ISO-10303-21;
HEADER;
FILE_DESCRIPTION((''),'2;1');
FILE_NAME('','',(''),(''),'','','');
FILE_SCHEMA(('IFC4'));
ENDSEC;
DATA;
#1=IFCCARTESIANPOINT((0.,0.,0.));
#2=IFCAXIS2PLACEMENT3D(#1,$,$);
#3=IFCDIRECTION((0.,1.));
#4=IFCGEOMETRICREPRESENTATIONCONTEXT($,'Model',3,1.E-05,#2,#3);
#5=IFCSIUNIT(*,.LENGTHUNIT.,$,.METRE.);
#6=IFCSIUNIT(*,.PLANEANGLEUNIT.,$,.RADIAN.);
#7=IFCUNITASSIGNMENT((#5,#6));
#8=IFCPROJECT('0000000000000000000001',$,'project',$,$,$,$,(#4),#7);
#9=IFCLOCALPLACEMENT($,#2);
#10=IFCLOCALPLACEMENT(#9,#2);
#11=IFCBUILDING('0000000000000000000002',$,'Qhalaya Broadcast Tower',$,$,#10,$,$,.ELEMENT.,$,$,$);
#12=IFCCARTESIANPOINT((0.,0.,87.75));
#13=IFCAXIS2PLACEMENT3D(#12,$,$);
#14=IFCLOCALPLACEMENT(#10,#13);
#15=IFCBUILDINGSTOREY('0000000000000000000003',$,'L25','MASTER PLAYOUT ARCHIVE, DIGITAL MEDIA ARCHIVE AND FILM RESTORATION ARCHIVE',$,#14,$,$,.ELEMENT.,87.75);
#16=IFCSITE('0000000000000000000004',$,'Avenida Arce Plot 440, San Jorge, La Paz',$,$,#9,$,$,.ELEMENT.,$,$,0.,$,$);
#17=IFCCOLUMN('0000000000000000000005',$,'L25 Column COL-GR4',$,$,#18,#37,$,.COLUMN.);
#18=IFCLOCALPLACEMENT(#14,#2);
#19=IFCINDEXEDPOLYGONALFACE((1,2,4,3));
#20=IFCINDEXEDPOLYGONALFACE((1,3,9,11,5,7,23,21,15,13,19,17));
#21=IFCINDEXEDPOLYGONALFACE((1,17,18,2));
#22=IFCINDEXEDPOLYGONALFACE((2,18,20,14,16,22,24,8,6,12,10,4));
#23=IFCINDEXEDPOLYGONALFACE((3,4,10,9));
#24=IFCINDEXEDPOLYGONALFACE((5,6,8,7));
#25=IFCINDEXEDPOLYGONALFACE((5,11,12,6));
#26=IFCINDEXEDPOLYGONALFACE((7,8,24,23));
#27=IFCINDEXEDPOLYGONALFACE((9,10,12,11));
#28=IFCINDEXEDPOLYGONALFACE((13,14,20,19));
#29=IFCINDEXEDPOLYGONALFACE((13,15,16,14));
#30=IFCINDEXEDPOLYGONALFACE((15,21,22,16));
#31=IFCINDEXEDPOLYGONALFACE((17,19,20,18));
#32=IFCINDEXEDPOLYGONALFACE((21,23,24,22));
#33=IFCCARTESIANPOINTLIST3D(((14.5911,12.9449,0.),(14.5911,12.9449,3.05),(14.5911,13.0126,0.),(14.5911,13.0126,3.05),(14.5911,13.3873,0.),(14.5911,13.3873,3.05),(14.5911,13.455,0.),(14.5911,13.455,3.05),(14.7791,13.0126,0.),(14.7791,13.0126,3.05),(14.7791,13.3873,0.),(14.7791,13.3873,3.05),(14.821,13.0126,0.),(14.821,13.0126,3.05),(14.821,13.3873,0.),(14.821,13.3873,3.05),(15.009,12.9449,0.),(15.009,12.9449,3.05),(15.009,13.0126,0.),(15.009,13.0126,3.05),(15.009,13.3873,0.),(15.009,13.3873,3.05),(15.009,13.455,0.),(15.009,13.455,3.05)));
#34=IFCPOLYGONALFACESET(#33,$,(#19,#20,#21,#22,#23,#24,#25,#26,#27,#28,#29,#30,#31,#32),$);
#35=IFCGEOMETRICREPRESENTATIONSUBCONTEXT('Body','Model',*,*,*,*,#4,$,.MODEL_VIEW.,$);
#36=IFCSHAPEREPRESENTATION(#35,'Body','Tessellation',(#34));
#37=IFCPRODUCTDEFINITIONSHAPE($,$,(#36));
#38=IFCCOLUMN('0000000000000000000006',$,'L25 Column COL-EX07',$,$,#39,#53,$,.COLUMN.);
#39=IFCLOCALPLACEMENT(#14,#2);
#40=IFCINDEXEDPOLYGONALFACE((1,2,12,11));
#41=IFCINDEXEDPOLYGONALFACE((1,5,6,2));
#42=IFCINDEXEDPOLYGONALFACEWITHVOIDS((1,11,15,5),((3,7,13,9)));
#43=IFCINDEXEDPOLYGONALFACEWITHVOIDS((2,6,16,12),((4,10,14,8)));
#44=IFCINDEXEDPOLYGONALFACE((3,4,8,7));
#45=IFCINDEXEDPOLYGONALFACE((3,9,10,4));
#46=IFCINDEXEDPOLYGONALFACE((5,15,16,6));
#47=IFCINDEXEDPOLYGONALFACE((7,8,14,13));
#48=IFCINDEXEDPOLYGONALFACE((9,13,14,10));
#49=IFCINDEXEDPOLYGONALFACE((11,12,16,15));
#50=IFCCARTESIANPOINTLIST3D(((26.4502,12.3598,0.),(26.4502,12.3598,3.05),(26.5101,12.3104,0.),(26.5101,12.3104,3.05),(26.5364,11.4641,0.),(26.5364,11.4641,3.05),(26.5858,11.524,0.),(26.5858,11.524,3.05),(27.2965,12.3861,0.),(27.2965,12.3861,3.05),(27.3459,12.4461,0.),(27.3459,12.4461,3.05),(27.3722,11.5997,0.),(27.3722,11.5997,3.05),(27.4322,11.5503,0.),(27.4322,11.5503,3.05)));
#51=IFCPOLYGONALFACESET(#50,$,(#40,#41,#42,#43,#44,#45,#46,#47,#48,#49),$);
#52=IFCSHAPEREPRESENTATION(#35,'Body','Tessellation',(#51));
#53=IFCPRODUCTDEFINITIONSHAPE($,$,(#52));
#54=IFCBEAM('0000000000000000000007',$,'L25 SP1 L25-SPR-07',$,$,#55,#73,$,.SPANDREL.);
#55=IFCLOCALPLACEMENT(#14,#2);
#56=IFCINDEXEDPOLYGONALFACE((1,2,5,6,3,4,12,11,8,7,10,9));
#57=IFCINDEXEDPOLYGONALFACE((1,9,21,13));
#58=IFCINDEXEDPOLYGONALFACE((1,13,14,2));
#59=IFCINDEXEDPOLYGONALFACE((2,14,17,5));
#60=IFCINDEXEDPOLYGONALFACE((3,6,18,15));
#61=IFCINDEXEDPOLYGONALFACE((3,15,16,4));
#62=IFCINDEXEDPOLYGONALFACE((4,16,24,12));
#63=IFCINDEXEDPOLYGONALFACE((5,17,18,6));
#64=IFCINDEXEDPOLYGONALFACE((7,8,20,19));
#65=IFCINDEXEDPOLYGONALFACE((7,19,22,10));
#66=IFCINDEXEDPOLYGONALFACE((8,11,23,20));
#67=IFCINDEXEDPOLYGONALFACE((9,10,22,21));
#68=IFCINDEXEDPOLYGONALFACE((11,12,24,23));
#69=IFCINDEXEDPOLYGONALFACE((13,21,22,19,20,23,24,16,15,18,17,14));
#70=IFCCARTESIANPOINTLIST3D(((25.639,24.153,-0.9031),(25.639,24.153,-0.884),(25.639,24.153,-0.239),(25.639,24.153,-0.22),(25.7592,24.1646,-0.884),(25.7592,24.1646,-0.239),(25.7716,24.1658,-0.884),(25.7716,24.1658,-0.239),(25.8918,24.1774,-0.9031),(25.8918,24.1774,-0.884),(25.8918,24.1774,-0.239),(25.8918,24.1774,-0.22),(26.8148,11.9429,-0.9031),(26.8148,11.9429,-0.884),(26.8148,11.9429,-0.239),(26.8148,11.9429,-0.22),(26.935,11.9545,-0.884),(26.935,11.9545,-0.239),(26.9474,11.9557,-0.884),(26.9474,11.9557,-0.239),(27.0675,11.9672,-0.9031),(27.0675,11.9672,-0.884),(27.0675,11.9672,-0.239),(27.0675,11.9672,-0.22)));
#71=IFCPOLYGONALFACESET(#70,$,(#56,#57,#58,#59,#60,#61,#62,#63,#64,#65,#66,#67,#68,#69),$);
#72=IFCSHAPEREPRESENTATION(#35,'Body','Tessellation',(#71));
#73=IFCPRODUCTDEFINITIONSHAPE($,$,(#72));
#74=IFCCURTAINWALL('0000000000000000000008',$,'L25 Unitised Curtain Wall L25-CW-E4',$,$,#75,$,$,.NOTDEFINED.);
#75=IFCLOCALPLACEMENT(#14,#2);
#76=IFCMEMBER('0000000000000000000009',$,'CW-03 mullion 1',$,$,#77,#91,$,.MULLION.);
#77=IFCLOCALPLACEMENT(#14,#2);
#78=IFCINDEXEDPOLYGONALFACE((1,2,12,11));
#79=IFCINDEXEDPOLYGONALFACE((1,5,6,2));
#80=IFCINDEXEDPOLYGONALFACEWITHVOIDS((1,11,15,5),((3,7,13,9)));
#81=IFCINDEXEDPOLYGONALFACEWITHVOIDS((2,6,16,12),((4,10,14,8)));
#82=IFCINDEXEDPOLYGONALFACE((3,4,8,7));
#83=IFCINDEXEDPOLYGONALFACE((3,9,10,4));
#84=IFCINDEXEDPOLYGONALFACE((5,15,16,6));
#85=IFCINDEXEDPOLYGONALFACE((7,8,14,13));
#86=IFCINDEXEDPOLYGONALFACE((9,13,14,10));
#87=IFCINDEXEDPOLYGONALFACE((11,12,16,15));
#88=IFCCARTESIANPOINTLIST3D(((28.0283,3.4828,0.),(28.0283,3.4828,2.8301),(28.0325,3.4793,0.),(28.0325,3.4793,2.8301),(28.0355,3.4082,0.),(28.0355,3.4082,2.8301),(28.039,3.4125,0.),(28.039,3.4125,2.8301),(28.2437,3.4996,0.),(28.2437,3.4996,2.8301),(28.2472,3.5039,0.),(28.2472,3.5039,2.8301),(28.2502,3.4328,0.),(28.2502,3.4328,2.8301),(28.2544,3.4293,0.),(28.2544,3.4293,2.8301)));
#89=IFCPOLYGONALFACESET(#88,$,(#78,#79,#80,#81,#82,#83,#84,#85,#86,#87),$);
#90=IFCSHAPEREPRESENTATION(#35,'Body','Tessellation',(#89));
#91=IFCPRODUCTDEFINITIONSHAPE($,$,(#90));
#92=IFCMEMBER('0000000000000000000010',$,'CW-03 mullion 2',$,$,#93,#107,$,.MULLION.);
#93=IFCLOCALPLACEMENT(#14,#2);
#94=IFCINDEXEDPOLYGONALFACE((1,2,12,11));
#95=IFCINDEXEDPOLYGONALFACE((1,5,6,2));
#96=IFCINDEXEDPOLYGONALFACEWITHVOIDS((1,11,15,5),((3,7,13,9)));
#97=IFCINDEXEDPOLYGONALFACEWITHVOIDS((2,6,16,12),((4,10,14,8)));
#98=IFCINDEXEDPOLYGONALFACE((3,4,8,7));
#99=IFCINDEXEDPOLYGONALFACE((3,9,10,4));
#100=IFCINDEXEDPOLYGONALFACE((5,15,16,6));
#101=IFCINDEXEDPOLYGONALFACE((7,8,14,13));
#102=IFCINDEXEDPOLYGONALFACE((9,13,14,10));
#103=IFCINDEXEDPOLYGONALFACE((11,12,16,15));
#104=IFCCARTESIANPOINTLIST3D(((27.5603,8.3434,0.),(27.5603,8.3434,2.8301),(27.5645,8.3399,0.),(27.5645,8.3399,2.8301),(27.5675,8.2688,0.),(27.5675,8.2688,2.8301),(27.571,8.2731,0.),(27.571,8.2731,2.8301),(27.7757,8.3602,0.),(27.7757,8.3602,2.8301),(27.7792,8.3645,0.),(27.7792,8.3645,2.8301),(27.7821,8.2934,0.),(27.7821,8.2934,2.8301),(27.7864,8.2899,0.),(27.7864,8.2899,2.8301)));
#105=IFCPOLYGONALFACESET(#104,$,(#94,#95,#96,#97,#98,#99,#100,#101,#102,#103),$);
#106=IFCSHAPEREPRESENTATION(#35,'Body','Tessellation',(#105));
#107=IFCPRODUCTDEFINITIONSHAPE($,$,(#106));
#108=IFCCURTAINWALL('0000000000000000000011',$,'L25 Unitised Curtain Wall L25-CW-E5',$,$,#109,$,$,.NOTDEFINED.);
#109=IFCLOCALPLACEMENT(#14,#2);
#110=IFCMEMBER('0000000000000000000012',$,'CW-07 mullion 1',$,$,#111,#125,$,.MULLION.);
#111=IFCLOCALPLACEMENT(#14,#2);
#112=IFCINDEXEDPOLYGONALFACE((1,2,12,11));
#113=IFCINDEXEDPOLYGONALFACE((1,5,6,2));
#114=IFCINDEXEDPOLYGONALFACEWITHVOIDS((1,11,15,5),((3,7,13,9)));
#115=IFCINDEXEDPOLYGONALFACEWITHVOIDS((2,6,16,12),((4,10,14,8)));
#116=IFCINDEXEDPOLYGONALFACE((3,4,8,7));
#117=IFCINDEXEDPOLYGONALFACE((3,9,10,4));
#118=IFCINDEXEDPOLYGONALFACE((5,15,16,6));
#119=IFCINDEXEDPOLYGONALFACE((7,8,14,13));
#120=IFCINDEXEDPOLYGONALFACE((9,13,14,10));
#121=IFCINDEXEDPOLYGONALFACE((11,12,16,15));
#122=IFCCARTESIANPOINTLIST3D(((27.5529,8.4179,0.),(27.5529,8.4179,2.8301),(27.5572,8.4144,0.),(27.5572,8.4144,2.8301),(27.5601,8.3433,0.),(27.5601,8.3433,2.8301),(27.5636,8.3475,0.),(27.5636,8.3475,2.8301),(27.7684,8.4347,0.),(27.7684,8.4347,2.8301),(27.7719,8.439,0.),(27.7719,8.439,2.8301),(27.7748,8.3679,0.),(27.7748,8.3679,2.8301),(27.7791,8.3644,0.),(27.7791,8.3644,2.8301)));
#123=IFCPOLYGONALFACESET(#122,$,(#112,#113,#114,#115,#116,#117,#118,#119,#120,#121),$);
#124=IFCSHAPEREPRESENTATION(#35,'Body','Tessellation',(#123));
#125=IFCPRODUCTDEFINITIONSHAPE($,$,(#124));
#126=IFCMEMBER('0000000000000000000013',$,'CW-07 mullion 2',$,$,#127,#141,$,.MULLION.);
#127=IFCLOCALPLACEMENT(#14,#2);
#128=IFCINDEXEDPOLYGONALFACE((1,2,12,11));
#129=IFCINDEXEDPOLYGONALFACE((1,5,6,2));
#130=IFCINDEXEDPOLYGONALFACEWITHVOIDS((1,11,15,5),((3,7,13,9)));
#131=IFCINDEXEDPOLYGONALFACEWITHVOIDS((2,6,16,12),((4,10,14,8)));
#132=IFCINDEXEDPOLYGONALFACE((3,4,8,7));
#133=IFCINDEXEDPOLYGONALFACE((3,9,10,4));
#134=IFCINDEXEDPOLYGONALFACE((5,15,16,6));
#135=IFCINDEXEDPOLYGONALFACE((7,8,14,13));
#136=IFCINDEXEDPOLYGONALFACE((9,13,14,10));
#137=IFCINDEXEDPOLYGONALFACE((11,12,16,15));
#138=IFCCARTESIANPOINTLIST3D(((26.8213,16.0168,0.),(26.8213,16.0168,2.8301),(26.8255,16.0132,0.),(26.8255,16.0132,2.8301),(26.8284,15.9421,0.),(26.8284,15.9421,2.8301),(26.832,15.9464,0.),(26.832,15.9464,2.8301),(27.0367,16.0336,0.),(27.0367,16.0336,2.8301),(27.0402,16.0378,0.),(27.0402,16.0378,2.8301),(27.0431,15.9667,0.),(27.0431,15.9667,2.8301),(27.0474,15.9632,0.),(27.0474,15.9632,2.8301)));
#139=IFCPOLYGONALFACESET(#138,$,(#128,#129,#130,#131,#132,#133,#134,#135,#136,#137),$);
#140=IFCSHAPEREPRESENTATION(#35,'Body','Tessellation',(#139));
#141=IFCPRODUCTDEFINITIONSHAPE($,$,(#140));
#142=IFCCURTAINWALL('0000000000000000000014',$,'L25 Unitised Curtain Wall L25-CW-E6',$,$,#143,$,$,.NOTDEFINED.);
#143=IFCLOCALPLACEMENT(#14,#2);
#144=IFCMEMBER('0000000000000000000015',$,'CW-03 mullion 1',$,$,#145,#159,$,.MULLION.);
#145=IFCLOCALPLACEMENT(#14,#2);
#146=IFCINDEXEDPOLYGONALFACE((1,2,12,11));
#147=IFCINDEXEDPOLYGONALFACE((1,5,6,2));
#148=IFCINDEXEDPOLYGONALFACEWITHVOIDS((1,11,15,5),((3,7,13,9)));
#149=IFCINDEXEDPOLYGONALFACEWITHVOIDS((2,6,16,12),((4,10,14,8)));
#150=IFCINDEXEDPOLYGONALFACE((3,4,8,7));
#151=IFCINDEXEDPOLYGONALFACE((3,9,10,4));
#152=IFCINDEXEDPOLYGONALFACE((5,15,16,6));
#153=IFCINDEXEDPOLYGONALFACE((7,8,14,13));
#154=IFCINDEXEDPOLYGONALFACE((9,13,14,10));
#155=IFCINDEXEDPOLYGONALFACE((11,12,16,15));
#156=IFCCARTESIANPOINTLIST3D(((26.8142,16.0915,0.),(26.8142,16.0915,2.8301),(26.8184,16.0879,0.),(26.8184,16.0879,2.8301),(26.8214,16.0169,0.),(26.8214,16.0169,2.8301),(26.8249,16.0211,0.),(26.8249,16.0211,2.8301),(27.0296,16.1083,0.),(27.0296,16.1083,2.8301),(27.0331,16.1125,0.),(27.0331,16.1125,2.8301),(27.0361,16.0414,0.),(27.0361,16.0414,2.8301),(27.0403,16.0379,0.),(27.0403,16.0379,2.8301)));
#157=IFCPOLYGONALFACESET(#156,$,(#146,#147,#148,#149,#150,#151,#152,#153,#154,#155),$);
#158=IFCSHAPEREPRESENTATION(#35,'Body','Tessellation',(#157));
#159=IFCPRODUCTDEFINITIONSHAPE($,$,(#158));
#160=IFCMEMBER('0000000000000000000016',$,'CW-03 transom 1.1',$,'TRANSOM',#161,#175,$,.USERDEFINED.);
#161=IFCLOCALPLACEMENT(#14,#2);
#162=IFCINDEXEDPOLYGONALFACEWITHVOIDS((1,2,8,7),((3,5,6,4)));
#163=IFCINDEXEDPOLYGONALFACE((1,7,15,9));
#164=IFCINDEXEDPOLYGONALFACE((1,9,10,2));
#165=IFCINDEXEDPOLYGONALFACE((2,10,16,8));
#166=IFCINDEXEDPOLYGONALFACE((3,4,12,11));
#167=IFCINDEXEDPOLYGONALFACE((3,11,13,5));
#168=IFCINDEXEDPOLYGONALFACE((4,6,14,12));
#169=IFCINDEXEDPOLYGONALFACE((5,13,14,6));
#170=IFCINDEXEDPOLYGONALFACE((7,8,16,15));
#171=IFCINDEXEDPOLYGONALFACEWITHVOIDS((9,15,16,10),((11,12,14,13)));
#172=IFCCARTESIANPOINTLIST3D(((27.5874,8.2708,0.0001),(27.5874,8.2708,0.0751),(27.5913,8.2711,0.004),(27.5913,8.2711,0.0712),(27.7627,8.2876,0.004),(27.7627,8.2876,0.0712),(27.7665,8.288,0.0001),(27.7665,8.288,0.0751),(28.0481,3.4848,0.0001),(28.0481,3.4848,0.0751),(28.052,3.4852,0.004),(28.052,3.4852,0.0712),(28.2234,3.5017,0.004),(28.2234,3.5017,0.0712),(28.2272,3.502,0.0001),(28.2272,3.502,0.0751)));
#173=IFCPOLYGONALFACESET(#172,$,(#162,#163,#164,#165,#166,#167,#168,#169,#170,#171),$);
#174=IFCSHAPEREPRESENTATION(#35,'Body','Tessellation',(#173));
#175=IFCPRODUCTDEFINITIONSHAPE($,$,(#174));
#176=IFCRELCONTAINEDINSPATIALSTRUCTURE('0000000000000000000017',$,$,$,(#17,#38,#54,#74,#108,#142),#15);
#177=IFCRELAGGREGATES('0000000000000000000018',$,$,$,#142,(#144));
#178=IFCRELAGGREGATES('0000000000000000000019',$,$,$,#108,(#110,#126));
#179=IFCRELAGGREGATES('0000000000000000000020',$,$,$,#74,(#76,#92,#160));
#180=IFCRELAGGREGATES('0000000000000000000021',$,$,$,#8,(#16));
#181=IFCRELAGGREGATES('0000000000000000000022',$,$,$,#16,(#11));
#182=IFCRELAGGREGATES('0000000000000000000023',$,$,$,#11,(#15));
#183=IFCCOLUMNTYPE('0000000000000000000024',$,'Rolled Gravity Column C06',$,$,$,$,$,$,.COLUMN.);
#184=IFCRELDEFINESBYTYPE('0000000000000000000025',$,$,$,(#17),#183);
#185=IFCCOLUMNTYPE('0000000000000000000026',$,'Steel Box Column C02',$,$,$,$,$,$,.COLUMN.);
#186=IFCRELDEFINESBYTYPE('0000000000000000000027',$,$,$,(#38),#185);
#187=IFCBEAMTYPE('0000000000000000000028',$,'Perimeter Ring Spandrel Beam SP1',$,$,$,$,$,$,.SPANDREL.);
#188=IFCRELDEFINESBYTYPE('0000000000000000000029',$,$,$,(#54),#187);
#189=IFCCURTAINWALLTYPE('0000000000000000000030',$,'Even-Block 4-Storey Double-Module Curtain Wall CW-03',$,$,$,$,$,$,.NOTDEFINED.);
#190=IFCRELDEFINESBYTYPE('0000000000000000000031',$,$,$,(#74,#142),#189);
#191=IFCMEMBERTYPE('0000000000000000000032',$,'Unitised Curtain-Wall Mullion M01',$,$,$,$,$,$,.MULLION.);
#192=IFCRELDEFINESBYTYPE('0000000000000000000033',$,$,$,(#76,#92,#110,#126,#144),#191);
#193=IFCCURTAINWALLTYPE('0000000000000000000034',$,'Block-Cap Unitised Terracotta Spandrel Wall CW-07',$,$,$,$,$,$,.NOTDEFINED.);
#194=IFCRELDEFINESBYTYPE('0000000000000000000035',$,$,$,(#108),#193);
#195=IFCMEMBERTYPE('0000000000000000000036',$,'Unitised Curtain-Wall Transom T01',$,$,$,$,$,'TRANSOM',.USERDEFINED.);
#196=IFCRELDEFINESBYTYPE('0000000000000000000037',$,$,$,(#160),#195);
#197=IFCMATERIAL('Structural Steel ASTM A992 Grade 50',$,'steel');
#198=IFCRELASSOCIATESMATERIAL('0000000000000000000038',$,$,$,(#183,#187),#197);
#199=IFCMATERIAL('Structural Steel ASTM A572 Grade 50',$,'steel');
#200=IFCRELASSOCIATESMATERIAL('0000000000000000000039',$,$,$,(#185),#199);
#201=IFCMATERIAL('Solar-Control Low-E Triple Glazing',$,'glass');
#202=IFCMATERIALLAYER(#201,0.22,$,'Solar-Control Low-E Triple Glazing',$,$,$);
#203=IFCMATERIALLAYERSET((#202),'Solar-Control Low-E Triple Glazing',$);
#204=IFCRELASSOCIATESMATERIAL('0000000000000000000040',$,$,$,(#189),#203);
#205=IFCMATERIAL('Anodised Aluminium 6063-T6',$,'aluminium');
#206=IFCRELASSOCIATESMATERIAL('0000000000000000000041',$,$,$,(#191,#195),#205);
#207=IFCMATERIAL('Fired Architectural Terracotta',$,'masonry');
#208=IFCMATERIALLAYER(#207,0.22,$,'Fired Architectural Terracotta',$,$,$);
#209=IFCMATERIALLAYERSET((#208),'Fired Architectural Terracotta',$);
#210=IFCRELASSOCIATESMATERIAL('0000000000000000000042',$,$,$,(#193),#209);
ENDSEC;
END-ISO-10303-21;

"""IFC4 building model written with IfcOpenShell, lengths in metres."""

from ifc_helpers import new_model, si_unit, direction, frame, origin, origin_2d, place, context, subcontext, project, spatial, hollow_rectangle, i_section, extrude, material, layer, layer_set, material_profile, profile_set, type_object, element, aggregate, save


model = new_model("IFC4")

# Units and contexts
model_context = context("Model", 3, precision=1e-05, world=origin(), true_north=direction((0.0, 1.0)))
body_context = subcontext(model_context, "Body", "Model", "MODEL_VIEW")
ifc_project = project(units=[si_unit("LENGTHUNIT", "METRE"), si_unit("PLANEANGLEUNIT", "RADIAN")], contexts=[model_context])

# Site, building, storey
site_placement = place(None, origin())
site = spatial("IfcSite", under=ifc_project, at=site_placement, Name="Avenida Arce Plot 440, San Jorge, La Paz", CompositionType="ELEMENT", RefElevation=0.0)
building_placement = place(site_placement, origin())
building = spatial("IfcBuilding", under=site, at=building_placement, Name="Qhalaya Broadcast Tower", CompositionType="ELEMENT")
storey_placement = place(building_placement, frame((0.0, 0.0, 87.75)))
storey = spatial("IfcBuildingStorey", under=building, at=storey_placement, Name="L25", Description="MASTER PLAYOUT ARCHIVE, DIGITAL MEDIA ARCHIVE AND FILM RESTORATION ARCHIVE", CompositionType="ELEMENT", Elevation=87.75)

# Columns
ifc_material_1 = material(Name="Structural Steel ASTM A992 Grade 50", Category="steel")
ifc_material_profile_1 = material_profile(ifc_material_1, i_section(OverallWidth=0.418, OverallDepth=0.51, WebThickness=0.042, FlangeThickness=0.0676, at=origin_2d()), Name="W14X370")
ifc_profile_set_1 = profile_set([ifc_material_profile_1], Name="Structural Steel ASTM A992 Grade 50")
column_type_1 = type_object("IfcColumnType", Name="Rolled Gravity Column C06", PredefinedType="COLUMN", material=ifc_profile_set_1)
column_1_placement = place(storey_placement, frame((14.8, 13.2, 0.0), z_axis=(0.0, 0.0, 1.0), x_axis=(1.0, 0.0, 0.0)))
element("IfcColumn", 1, at=column_1_placement, inside=storey, type_object=column_type_1, Name="L25 Column COL-GR4", PredefinedType="COLUMN", context=body_context, shape_type="SweptSolid", body=[
    extrude(i_section(OverallWidth=0.418, OverallDepth=0.51, WebThickness=0.042, FlangeThickness=0.0676, at=origin_2d()), origin(), (0.0, 0.0, 1.0), 3.05),
])
ifc_material_2 = material(Name="Structural Steel ASTM A572 Grade 50", Category="steel")
ifc_material_profile_2 = material_profile(ifc_material_2, hollow_rectangle(XDim=0.8999, YDim=0.8999, WallThickness=0.0549, at=origin_2d()), Name="BOX 900x900x55")
ifc_profile_set_2 = profile_set([ifc_material_profile_2], Name="Structural Steel ASTM A572 Grade 50")
column_type_2 = type_object("IfcColumnType", Name="Steel Box Column C02", PredefinedType="COLUMN", material=ifc_profile_set_2)
column_2_placement = place(storey_placement, frame((26.9412, 11.9551, 0.0), z_axis=(0.0, 0.0, 1.0), x_axis=(-0.095846, 0.995396, 0.0)))
element("IfcColumn", 2, at=column_2_placement, inside=storey, type_object=column_type_2, Name="L25 Column COL-EX07", PredefinedType="COLUMN", context=body_context, shape_type="SweptSolid", body=[
    extrude(hollow_rectangle(XDim=0.8999, YDim=0.8999, WallThickness=0.0549, at=origin_2d()), origin(), (0.0, 0.0, 1.0), 3.05),
])

# Beam
ifc_material_profile_3 = material_profile(ifc_material_1, i_section(OverallWidth=0.2539, OverallDepth=0.6831, WebThickness=0.0125, FlangeThickness=0.019, at=origin_2d()), Name="W27X94")
ifc_profile_set_3 = profile_set([ifc_material_profile_3], Name="Structural Steel ASTM A992 Grade 50")
beam_type = type_object("IfcBeamType", Name="Perimeter Ring Spandrel Beam SP1", PredefinedType="SPANDREL", material=ifc_profile_set_3)
beam_placement = place(storey_placement, frame((26.9412, 11.9551, -0.5615), z_axis=(-0.095852, 0.995396, 0.0), x_axis=(-0.995396, -0.095852, 0.0)))
element("IfcBeam", 3, at=beam_placement, inside=storey, type_object=beam_type, Name="L25 SP1 L25-SPR-07", PredefinedType="SPANDREL", context=body_context, shape_type="SweptSolid", body=[
    extrude(i_section(OverallWidth=0.2539, OverallDepth=0.6831, WebThickness=0.0125, FlangeThickness=0.019, at=origin_2d()), origin(), (0.0, 0.0, 1.0), 12.2666),
])

# Curtain walls, members
ifc_material_3 = material(Name="Solar-Control Low-E Triple Glazing", Category="glass")
ifc_layer_1 = layer(ifc_material_3, 0.22, Name="Solar-Control Low-E Triple Glazing")
ifc_layer_set_1 = layer_set([ifc_layer_1], Name="Solar-Control Low-E Triple Glazing")
curtain_wall_type_1 = type_object("IfcCurtainWallType", Name="Even-Block 4-Storey Double-Module Curtain Wall CW-03", PredefinedType="NOTDEFINED", material=ifc_layer_set_1)
curtain_wall_1_placement = place(storey_placement, origin())
curtain_wall_1 = element("IfcCurtainWall", 4, at=curtain_wall_1_placement, inside=storey, type_object=curtain_wall_type_1, Name="L25 Unitised Curtain Wall L25-CW-E4", PredefinedType="NOTDEFINED")
ifc_material_4 = material(Name="Anodised Aluminium 6063-T6", Category="aluminium")
ifc_material_profile_4 = material_profile(ifc_material_4, hollow_rectangle(XDim=0.075, YDim=0.22, WallThickness=0.0039, at=origin_2d()), Name="ALU-MUL 75x220x4")
ifc_profile_set_4 = profile_set([ifc_material_profile_4], Name="Anodised Aluminium 6063-T6")
member_type_1 = type_object("IfcMemberType", Name="Unitised Curtain-Wall Mullion M01", PredefinedType="MULLION", material=ifc_profile_set_4)
member_1_placement = place(storey_placement, frame((28.1414, 3.4561, 0.0), z_axis=(0.0, 0.0, 1.0), x_axis=(-0.095845, 0.995396, 0.0)))
member_1 = element("IfcMember", 5, at=member_1_placement, type_object=member_type_1, Name="CW-03 mullion 1", PredefinedType="MULLION", context=body_context, shape_type="SweptSolid", body=[
    extrude(hollow_rectangle(XDim=0.075, YDim=0.22, WallThickness=0.0039, at=origin_2d()), origin(), (0.0, 0.0, 1.0), 2.8301),
])
member_2_placement = place(storey_placement, frame((27.6733, 8.3167, 0.0), z_axis=(0.0, 0.0, 1.0), x_axis=(-0.095845, 0.995396, 0.0)))
member_2 = element("IfcMember", 6, at=member_2_placement, type_object=member_type_1, Name="CW-03 mullion 2", PredefinedType="MULLION", context=body_context, shape_type="SweptSolid", body=[
    extrude(hollow_rectangle(XDim=0.075, YDim=0.22, WallThickness=0.0039, at=origin_2d()), origin(), (0.0, 0.0, 1.0), 2.8301),
])
ifc_material_5 = material(Name="Fired Architectural Terracotta", Category="masonry")
ifc_layer_2 = layer(ifc_material_5, 0.22, Name="Fired Architectural Terracotta")
ifc_layer_set_2 = layer_set([ifc_layer_2], Name="Fired Architectural Terracotta")
curtain_wall_type_2 = type_object("IfcCurtainWallType", Name="Block-Cap Unitised Terracotta Spandrel Wall CW-07", PredefinedType="NOTDEFINED", material=ifc_layer_set_2)
curtain_wall_2_placement = place(storey_placement, origin())
curtain_wall_2 = element("IfcCurtainWall", 7, at=curtain_wall_2_placement, inside=storey, type_object=curtain_wall_type_2, Name="L25 Unitised Curtain Wall L25-CW-E5", PredefinedType="NOTDEFINED")
member_3_placement = place(storey_placement, frame((27.666, 8.3911, 0.0), z_axis=(0.0, 0.0, 1.0), x_axis=(-0.095849, 0.995396, 0.0)))
member_3 = element("IfcMember", 8, at=member_3_placement, type_object=member_type_1, Name="CW-07 mullion 1", PredefinedType="MULLION", context=body_context, shape_type="SweptSolid", body=[
    extrude(hollow_rectangle(XDim=0.075, YDim=0.22, WallThickness=0.0039, at=origin_2d()), origin(), (0.0, 0.0, 1.0), 2.8301),
])
member_4_placement = place(storey_placement, frame((26.9343, 15.99, 0.0), z_axis=(0.0, 0.0, 1.0), x_axis=(-0.095849, 0.995396, 0.0)))
member_4 = element("IfcMember", 9, at=member_4_placement, type_object=member_type_1, Name="CW-07 mullion 2", PredefinedType="MULLION", context=body_context, shape_type="SweptSolid", body=[
    extrude(hollow_rectangle(XDim=0.075, YDim=0.22, WallThickness=0.0039, at=origin_2d()), origin(), (0.0, 0.0, 1.0), 2.8301),
])

# Curtain wall, member
curtain_wall_3_placement = place(storey_placement, origin())
curtain_wall_3 = element("IfcCurtainWall", 10, at=curtain_wall_3_placement, inside=storey, type_object=curtain_wall_type_1, Name="L25 Unitised Curtain Wall L25-CW-E6", PredefinedType="NOTDEFINED")
member_5_placement = place(storey_placement, frame((26.9272, 16.0647, 0.0), z_axis=(0.0, 0.0, 1.0), x_axis=(-0.095847, 0.995396, 0.0)))
member_5 = element("IfcMember", 11, at=member_5_placement, type_object=member_type_1, Name="CW-03 mullion 1", PredefinedType="MULLION", context=body_context, shape_type="SweptSolid", body=[
    extrude(hollow_rectangle(XDim=0.075, YDim=0.22, WallThickness=0.0039, at=origin_2d()), origin(), (0.0, 0.0, 1.0), 2.8301),
])

# Member
ifc_material_profile_5 = material_profile(ifc_material_4, hollow_rectangle(XDim=0.075, YDim=0.1799, WallThickness=0.0039, at=origin_2d()), Name="ALU-TRN 75x180x4")
ifc_profile_set_5 = profile_set([ifc_material_profile_5], Name="Anodised Aluminium 6063-T6")
member_type_2 = type_object("IfcMemberType", Name="Unitised Curtain-Wall Transom T01", ElementType="TRANSOM", PredefinedType="USERDEFINED", material=ifc_profile_set_5)
member_6_placement = place(storey_placement, frame((28.1377, 3.4934, 0.0376), z_axis=(-0.095818, 0.995399, 0.0), x_axis=(0.0, 0.0, 1.0)))
member_6 = element("IfcMember", 12, at=member_6_placement, type_object=member_type_2, Name="CW-03 transom 1.1", ObjectType="TRANSOM", PredefinedType="USERDEFINED", context=body_context, shape_type="SweptSolid", body=[
    extrude(hollow_rectangle(XDim=0.075, YDim=0.1799, WallThickness=0.0039, at=origin_2d()), origin(), (0.0, 0.0, 1.0), 4.8081),
])
aggregate(curtain_wall_3, [member_5])

aggregate(curtain_wall_2, [member_3, member_4])
aggregate(curtain_wall_1, [member_1, member_2, member_6])

save(model, "model.ifc")
